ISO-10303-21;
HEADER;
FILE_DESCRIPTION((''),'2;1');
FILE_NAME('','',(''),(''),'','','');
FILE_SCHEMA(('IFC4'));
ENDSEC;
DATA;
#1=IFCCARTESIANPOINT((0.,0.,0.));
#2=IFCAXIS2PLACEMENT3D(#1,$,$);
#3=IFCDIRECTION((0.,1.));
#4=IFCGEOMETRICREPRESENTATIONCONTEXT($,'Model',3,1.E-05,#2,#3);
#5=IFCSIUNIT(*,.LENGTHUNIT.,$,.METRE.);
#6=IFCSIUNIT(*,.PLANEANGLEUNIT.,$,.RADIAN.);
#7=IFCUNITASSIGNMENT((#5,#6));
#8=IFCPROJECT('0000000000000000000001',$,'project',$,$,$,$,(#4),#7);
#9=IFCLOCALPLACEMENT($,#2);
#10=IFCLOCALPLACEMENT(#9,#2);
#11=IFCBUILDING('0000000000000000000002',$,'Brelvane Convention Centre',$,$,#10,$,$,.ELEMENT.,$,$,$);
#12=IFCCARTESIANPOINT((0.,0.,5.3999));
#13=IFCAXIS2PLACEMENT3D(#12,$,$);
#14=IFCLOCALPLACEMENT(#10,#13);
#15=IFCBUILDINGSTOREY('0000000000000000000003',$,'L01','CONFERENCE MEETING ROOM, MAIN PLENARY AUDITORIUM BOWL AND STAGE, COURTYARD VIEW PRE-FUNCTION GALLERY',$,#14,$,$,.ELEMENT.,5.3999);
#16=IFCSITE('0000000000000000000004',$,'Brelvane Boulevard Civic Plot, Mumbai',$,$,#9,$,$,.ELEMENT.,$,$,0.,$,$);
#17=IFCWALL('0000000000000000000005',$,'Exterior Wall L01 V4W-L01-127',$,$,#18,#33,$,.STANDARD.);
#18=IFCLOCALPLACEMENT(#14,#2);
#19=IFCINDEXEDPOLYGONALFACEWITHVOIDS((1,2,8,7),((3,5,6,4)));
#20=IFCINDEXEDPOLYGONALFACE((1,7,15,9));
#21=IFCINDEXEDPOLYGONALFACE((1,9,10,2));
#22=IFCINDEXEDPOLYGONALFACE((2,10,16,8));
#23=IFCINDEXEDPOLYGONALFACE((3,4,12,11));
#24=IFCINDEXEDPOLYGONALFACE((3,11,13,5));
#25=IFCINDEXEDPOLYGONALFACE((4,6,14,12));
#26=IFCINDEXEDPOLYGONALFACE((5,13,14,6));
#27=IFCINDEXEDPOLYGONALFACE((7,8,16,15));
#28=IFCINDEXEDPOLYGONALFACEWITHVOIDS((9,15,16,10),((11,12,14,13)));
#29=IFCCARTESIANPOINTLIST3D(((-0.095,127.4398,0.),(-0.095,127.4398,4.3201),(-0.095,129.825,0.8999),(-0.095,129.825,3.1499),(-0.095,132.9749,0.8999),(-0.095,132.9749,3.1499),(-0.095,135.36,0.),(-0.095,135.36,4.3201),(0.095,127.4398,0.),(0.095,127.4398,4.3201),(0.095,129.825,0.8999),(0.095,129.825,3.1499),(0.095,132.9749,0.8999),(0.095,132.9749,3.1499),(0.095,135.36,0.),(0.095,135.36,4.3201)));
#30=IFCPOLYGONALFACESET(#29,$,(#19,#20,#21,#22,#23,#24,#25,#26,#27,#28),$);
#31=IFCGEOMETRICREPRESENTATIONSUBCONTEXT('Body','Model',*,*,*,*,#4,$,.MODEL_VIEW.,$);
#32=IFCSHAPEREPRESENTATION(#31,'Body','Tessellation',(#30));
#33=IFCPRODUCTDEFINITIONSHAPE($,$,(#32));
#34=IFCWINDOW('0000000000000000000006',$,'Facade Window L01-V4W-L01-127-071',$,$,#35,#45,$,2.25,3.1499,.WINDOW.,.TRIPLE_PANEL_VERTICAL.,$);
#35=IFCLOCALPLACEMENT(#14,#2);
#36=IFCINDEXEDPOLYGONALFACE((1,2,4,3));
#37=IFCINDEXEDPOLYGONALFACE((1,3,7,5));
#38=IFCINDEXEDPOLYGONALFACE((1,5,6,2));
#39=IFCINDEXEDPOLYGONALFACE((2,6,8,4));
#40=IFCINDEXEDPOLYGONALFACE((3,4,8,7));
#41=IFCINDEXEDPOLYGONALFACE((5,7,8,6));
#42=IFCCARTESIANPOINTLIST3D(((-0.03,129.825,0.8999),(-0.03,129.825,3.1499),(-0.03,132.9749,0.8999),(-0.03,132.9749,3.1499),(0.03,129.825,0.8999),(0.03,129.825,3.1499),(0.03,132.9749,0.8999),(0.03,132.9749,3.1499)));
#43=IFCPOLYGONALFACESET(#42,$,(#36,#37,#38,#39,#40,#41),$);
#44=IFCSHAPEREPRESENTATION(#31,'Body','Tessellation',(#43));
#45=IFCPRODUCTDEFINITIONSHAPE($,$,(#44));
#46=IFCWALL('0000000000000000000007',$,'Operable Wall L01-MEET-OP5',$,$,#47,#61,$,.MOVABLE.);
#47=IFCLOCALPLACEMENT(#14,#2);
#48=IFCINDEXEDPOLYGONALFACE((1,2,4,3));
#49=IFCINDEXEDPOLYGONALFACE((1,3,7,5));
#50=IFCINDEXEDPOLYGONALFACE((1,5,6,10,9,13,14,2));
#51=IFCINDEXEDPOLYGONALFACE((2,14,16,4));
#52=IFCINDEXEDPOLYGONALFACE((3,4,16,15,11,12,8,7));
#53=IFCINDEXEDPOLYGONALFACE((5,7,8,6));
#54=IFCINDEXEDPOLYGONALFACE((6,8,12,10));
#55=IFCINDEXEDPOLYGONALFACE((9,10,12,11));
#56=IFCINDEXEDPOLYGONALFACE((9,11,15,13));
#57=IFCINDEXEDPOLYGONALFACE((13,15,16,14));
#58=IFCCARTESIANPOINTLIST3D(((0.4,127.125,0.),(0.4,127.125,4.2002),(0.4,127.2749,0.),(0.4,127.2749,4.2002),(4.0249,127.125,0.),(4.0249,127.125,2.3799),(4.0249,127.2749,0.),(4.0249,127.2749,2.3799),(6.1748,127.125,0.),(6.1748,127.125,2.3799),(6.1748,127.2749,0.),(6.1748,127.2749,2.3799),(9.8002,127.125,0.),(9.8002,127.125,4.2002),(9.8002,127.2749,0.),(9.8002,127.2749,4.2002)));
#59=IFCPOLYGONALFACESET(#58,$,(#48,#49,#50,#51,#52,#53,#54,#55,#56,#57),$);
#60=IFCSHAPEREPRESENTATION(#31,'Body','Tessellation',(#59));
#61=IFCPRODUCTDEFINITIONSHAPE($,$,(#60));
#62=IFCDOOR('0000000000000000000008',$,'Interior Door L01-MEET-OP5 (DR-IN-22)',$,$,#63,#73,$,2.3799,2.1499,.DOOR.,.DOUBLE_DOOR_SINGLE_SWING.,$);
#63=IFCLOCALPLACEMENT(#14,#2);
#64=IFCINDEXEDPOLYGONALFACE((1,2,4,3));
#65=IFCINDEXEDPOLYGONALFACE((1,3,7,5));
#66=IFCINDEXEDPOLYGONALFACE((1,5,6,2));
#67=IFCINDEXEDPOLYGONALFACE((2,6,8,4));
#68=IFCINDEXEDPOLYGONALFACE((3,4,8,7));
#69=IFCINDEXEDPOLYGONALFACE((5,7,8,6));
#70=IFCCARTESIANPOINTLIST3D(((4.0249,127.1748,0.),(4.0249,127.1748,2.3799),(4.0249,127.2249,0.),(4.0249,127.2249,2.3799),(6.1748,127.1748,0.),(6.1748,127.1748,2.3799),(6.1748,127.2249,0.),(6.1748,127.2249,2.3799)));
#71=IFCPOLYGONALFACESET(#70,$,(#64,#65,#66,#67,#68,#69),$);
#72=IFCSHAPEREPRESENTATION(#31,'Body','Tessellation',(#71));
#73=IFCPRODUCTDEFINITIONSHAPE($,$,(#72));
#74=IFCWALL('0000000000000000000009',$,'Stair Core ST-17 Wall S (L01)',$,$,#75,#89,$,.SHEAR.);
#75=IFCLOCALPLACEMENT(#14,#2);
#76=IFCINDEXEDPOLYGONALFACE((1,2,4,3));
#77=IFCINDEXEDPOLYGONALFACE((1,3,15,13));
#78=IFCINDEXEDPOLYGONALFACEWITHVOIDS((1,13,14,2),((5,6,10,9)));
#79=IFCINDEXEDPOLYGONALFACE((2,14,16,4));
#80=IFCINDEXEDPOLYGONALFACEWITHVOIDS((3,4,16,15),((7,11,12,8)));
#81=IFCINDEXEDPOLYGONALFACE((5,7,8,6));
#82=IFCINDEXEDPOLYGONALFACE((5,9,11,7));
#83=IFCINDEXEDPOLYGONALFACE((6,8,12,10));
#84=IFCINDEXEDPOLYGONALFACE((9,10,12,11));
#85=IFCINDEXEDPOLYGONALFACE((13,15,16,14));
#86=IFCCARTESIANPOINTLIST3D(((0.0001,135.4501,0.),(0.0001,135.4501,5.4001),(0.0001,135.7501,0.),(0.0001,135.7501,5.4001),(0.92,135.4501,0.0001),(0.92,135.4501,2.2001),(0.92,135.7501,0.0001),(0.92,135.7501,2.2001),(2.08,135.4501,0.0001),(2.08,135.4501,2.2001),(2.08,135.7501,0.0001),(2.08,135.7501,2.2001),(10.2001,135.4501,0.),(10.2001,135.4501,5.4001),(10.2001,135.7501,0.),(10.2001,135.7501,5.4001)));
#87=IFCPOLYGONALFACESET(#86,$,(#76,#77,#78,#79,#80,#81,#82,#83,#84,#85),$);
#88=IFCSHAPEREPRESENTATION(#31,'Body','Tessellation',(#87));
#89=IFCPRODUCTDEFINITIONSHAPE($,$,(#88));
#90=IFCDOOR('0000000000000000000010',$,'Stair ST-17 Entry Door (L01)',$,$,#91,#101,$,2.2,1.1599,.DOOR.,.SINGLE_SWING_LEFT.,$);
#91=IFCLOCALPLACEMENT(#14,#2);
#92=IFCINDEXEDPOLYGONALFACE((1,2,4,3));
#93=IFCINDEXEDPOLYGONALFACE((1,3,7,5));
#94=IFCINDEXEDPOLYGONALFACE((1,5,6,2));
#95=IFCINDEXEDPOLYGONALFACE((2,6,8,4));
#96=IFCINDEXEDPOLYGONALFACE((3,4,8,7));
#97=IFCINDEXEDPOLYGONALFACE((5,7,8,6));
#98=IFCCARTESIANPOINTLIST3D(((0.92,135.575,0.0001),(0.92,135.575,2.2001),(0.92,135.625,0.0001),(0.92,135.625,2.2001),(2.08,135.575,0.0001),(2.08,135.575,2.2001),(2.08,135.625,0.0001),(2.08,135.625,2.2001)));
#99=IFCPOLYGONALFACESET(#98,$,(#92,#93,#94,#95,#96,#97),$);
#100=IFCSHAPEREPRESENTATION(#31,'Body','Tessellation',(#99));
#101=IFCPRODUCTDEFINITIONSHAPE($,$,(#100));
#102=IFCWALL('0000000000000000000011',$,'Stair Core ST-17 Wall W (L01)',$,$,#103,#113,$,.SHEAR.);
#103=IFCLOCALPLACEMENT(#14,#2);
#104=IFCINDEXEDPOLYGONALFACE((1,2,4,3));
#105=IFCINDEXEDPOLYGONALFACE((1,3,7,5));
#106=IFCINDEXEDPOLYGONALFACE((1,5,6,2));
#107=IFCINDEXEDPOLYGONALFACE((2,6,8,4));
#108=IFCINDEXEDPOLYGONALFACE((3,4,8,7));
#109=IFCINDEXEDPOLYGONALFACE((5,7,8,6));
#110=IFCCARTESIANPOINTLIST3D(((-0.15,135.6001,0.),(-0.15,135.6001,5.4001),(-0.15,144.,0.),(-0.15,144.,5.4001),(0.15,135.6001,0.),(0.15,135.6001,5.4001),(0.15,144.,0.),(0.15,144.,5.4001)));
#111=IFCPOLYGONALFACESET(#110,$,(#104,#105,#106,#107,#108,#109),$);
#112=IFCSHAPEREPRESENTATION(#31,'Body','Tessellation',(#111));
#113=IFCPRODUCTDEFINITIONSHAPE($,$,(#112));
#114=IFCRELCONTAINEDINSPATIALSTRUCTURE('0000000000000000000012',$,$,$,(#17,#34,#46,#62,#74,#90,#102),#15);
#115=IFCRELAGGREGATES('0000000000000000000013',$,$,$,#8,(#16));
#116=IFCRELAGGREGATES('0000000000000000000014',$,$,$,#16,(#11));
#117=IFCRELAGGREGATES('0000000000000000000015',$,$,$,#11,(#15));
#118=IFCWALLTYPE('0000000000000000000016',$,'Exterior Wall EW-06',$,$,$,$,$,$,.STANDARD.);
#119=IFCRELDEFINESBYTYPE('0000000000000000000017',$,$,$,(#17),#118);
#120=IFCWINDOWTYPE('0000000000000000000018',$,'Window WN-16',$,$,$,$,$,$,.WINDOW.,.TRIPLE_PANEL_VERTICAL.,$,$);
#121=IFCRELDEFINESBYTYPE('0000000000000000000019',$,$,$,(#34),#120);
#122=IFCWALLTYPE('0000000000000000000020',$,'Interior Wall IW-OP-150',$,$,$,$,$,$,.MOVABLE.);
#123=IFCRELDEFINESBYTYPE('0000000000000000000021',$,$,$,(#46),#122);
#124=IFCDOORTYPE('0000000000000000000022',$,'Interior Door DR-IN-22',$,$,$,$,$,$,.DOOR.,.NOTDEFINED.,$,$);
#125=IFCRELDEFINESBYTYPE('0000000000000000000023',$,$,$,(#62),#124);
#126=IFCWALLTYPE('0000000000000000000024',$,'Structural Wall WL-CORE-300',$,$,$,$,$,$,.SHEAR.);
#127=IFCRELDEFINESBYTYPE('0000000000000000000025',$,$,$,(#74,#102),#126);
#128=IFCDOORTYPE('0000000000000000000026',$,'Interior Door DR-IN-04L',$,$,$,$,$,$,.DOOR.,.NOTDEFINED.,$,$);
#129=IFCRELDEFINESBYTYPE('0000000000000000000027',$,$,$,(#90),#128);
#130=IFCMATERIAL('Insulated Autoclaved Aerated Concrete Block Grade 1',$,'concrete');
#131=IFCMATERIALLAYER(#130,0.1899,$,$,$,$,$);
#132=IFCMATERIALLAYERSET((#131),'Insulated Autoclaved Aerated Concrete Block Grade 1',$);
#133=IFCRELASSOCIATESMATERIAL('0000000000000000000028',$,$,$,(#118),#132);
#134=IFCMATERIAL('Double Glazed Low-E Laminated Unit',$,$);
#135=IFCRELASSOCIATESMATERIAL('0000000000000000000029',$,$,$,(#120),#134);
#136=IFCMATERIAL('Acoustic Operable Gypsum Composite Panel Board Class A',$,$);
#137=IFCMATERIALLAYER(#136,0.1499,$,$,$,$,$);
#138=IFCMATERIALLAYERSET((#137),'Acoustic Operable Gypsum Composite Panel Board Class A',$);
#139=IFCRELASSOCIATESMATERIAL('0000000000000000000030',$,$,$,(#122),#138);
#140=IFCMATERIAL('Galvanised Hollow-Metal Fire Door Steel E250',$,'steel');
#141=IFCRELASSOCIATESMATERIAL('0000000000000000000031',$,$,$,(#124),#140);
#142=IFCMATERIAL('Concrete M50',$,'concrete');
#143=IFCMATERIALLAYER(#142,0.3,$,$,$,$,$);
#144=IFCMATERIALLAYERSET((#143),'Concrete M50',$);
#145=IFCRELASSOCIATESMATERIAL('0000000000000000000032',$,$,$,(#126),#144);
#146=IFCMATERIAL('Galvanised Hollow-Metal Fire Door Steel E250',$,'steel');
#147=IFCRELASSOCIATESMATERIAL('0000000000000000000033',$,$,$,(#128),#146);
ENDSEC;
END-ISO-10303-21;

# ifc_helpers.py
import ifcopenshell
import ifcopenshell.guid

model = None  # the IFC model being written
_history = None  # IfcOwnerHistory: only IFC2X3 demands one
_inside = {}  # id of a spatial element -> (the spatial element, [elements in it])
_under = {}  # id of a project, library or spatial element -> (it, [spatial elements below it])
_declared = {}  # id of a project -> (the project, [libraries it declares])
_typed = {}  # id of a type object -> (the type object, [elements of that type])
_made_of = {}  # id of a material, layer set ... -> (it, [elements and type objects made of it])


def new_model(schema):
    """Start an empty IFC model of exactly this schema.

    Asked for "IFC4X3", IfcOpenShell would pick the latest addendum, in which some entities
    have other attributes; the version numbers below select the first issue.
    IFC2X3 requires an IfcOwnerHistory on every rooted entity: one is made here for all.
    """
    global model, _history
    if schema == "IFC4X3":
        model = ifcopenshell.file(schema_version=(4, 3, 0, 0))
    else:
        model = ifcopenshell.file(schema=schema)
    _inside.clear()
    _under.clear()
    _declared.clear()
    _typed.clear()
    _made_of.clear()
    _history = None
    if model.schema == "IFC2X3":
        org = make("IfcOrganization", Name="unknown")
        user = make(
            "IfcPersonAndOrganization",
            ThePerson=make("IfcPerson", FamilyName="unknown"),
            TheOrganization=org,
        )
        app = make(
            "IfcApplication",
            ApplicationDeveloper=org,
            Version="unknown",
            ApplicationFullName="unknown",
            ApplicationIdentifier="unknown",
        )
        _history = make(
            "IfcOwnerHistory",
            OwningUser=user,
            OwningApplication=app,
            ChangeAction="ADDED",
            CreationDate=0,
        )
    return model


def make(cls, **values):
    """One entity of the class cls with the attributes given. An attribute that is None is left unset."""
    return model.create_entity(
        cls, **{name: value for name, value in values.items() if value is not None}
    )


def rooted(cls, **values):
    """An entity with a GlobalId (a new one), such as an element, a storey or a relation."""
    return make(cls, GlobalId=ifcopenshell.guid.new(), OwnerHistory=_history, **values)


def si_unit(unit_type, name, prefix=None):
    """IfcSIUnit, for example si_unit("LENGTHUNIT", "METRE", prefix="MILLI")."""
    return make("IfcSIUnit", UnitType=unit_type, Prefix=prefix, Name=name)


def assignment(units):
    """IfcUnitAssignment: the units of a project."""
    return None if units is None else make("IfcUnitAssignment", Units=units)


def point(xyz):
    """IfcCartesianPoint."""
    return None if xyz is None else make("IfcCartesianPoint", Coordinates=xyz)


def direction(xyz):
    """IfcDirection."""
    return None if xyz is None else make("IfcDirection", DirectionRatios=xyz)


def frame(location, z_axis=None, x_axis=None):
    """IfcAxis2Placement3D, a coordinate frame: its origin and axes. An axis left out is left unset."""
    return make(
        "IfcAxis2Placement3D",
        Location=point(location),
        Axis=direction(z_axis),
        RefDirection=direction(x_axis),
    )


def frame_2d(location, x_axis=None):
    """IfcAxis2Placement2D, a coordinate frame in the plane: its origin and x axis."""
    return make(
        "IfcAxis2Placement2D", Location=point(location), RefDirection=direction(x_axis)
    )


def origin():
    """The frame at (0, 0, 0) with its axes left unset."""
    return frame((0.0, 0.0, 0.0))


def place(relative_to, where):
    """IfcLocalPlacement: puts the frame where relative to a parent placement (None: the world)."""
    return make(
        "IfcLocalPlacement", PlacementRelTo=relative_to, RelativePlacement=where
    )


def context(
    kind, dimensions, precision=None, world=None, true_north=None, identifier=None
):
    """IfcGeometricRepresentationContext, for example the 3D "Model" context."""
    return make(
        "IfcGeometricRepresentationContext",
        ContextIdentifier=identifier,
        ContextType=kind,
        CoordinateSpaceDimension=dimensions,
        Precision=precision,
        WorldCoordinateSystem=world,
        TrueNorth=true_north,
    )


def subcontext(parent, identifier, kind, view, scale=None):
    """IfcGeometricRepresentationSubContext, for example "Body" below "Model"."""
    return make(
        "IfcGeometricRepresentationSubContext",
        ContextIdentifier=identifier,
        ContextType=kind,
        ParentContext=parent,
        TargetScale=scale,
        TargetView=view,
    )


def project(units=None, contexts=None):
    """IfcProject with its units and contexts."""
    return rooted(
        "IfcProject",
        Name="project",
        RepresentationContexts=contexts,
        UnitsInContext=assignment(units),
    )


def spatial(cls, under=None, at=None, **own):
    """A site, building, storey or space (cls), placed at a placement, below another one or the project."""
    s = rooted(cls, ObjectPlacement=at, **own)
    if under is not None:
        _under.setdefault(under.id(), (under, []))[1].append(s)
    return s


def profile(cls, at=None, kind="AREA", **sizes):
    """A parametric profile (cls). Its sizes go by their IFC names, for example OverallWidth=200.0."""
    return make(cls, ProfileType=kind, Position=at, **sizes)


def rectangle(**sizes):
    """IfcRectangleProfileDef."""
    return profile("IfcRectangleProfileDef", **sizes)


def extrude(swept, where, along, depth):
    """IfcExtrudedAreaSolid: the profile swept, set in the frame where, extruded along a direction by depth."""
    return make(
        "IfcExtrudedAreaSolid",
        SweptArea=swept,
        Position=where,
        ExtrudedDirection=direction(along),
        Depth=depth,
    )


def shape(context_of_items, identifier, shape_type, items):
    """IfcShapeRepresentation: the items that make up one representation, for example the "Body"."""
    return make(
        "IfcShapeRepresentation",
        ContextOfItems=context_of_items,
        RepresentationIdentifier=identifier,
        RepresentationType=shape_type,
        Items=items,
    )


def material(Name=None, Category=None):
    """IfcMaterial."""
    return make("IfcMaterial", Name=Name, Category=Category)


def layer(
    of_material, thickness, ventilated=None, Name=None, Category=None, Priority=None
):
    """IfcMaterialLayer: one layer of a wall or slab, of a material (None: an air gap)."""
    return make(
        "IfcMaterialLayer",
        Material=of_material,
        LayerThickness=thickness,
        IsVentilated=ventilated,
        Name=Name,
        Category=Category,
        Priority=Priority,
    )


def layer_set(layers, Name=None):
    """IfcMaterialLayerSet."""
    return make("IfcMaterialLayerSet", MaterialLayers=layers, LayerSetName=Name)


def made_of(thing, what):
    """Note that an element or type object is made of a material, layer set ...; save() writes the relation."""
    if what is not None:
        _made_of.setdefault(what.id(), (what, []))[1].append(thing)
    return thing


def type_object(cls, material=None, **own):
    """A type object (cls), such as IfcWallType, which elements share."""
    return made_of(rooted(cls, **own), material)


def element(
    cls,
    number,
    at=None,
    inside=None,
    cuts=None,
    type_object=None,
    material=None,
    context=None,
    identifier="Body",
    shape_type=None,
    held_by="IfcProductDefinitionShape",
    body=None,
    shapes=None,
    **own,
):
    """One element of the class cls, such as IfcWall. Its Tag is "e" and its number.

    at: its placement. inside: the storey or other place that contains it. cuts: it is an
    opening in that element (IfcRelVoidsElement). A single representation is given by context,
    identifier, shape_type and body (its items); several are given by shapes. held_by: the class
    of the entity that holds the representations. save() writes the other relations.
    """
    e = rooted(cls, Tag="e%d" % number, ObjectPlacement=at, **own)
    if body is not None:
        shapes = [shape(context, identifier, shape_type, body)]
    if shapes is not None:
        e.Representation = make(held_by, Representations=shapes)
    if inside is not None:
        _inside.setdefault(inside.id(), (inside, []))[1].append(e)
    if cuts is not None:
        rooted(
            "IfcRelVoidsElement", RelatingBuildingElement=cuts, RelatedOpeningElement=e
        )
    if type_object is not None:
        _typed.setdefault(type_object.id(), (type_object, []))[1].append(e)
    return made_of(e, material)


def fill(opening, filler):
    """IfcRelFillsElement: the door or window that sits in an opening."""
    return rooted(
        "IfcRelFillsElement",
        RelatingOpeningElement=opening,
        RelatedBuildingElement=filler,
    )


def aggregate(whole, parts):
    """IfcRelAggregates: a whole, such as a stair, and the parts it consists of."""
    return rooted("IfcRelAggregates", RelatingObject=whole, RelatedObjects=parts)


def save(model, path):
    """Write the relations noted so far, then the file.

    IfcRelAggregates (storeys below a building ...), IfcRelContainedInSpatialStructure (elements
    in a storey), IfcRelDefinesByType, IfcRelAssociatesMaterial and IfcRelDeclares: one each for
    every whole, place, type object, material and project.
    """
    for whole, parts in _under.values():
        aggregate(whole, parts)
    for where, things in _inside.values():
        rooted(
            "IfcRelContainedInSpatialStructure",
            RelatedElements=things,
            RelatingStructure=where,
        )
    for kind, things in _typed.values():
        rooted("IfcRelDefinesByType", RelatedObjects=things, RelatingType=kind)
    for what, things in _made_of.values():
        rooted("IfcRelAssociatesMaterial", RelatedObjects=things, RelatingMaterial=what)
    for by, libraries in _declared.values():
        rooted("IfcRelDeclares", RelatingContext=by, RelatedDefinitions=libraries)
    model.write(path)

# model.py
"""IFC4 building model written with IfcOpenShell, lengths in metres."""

from ifc_helpers import new_model, si_unit, direction, frame, frame_2d, origin, place, context, subcontext, project, spatial, rectangle, extrude, material, layer, layer_set, type_object, element, fill, save


model = new_model("IFC4")

# Units and contexts
model_context = context("Model", 3, precision=1e-05, world=origin(), true_north=direction((0.0, 1.0)))
body_context = subcontext(model_context, "Body", "Model", "MODEL_VIEW")
ifc_project = project(units=[si_unit("LENGTHUNIT", "METRE"), si_unit("PLANEANGLEUNIT", "RADIAN")], contexts=[model_context])

# Site, building, storey
site_placement = place(None, origin())
site = spatial("IfcSite", under=ifc_project, at=site_placement, Name="Brelvane Boulevard Civic Plot, Mumbai", CompositionType="ELEMENT", RefElevation=0.0)
building_placement = place(site_placement, origin())
building = spatial("IfcBuilding", under=site, at=building_placement, Name="Brelvane Convention Centre", CompositionType="ELEMENT")
storey_placement = place(building_placement, frame((0.0, 0.0, 5.3999)))
storey = spatial("IfcBuildingStorey", under=building, at=storey_placement, Name="L01", Description="CONFERENCE MEETING ROOM, MAIN PLENARY AUDITORIUM BOWL AND STAGE, COURTYARD VIEW PRE-FUNCTION GALLERY", CompositionType="ELEMENT", Elevation=5.3999)

# Wall, opening, window
ifc_material_1 = material(Name="Insulated Autoclaved Aerated Concrete Block Grade 1", Category="concrete")
ifc_layer_1 = layer(ifc_material_1, 0.1899)
ifc_layer_set_1 = layer_set([ifc_layer_1], Name="Insulated Autoclaved Aerated Concrete Block Grade 1")
wall_type_1 = type_object("IfcWallType", Name="Exterior Wall EW-06", PredefinedType="STANDARD", material=ifc_layer_set_1)
wall_1_placement = place(storey_placement, frame((0.0, 127.4399, 0.0), z_axis=(0.0, 0.0, 1.0), x_axis=(0.0, 1.0, 0.0)))
wall_1 = element("IfcWall", 1, at=wall_1_placement, inside=storey, type_object=wall_type_1, Name="Exterior Wall L01 V4W-L01-127", PredefinedType="STANDARD", context=body_context, shape_type="SweptSolid", body=[
    extrude(rectangle(XDim=7.9202, YDim=0.1899, at=frame_2d((3.96, 0.0))), origin(), (0.0, 0.0, 1.0), 4.3201),
])
opening_1_placement = place(wall_1_placement, frame((2.385, 0.0, 0.8999)))
opening_1 = element("IfcOpeningElement", 2, at=opening_1_placement, cuts=wall_1, PredefinedType="OPENING", context=body_context, shape_type="SweptSolid", body=[
    extrude(rectangle(XDim=3.1499, YDim=2.25, at=frame_2d((1.575, 1.125))), frame((0.0, 0.105, 0.0), z_axis=(0.0, -1.0, 0.0), x_axis=(1.0, 0.0, 0.0)), (0.0, 0.0, 1.0), 0.21),
])
ifc_material_2 = material(Name="Double Glazed Low-E Laminated Unit")
window_type = type_object("IfcWindowType", Name="Window WN-16", PartitioningType="TRIPLE_PANEL_VERTICAL", PredefinedType="WINDOW", material=ifc_material_2)
window_placement = place(opening_1_placement, origin())
window = element("IfcWindow", 3, at=window_placement, inside=storey, type_object=window_type, Name="Facade Window L01-V4W-L01-127-071", OverallHeight=2.25, OverallWidth=3.1499, PartitioningType="TRIPLE_PANEL_VERTICAL", PredefinedType="WINDOW", context=body_context, shape_type="SweptSolid", body=[
    extrude(rectangle(XDim=3.1499, YDim=2.25, at=frame_2d((1.575, 1.125))), frame((0.0, 0.03, 0.0), z_axis=(0.0, -1.0, 0.0), x_axis=(1.0, 0.0, 0.0)), (0.0, 0.0, 1.0), 0.0601),
])
fill(opening_1, window)

# Walls, openings, doors
ifc_material_3 = material(Name="Acoustic Operable Gypsum Composite Panel Board Class A")
ifc_layer_2 = layer(ifc_material_3, 0.1499)
ifc_layer_set_2 = layer_set([ifc_layer_2], Name="Acoustic Operable Gypsum Composite Panel Board Class A")
wall_type_2 = type_object("IfcWallType", Name="Interior Wall IW-OP-150", PredefinedType="MOVABLE", material=ifc_layer_set_2)
wall_2_placement = place(storey_placement, frame((0.3999, 127.2, 0.0), z_axis=(0.0, 0.0, 1.0), x_axis=(1.0, 0.0, 0.0)))
wall_2 = element("IfcWall", 4, at=wall_2_placement, inside=storey, type_object=wall_type_2, Name="Operable Wall L01-MEET-OP5", PredefinedType="MOVABLE", context=body_context, shape_type="SweptSolid", body=[
    extrude(rectangle(XDim=9.4001, YDim=0.1499, at=frame_2d((4.7002, 0.0))), origin(), (0.0, 0.0, 1.0), 4.2002),
])
opening_2_placement = place(wall_2_placement, frame((3.625, 0.0, 0.0)))
opening_2 = element("IfcOpeningElement", 5, at=opening_2_placement, cuts=wall_2, PredefinedType="OPENING", context=body_context, shape_type="SweptSolid", body=[
    extrude(rectangle(XDim=2.1499, YDim=2.3799, at=frame_2d((1.075, 1.1899))), frame((0.0, 0.085, 0.0), z_axis=(0.0, -1.0, 0.0), x_axis=(1.0, 0.0, 0.0)), (0.0, 0.0, 1.0), 0.1699),
])
ifc_material_4 = material(Name="Galvanised Hollow-Metal Fire Door Steel E250", Category="steel")
door_type_1 = type_object("IfcDoorType", Name="Interior Door DR-IN-22", OperationType="NOTDEFINED", PredefinedType="DOOR", material=ifc_material_4)
door_1_placement = place(opening_2_placement, origin())
door_1 = element("IfcDoor", 6, at=door_1_placement, inside=storey, type_object=door_type_1, Name="Interior Door L01-MEET-OP5 (DR-IN-22)", OperationType="DOUBLE_DOOR_SINGLE_SWING", OverallHeight=2.3799, OverallWidth=2.1499, PredefinedType="DOOR", context=body_context, shape_type="SweptSolid", body=[
    extrude(rectangle(XDim=2.1499, YDim=2.3799, at=frame_2d((1.075, 1.1899))), frame((0.0, 0.0249, 0.0), z_axis=(0.0, -1.0, 0.0), x_axis=(1.0, 0.0, 0.0)), (0.0, 0.0, 1.0), 0.05),
])
fill(opening_2, door_1)
ifc_material_5 = material(Name="Concrete M50", Category="concrete")
ifc_layer_3 = layer(ifc_material_5, 0.3)
ifc_layer_set_3 = layer_set([ifc_layer_3], Name="Concrete M50")
wall_type_3 = type_object("IfcWallType", Name="Structural Wall WL-CORE-300", PredefinedType="SHEAR", material=ifc_layer_set_3)
wall_3_placement = place(storey_placement, frame((0.0, 135.6001, 0.0), z_axis=(0.0, 0.0, 1.0), x_axis=(1.0, 0.0, 0.0)))
wall_3 = element("IfcWall", 7, at=wall_3_placement, inside=storey, type_object=wall_type_3, Name="Stair Core ST-17 Wall S (L01)", PredefinedType="SHEAR", context=body_context, shape_type="SweptSolid", body=[
    extrude(rectangle(XDim=10.2, YDim=0.3, at=frame_2d((5.1001, 0.0))), origin(), (0.0, 0.0, 1.0), 5.4001),
])
opening_3_placement = place(wall_3_placement, frame((0.9199, 0.0, 0.0)))
opening_3 = element("IfcOpeningElement", 8, at=opening_3_placement, cuts=wall_3, PredefinedType="OPENING", context=body_context, shape_type="SweptSolid", body=[
    extrude(rectangle(XDim=1.1599, YDim=2.2, at=frame_2d((0.5801, 1.1001))), frame((0.0, 0.1599, 0.0), z_axis=(0.0, -1.0, 0.0), x_axis=(1.0, 0.0, 0.0)), (0.0, 0.0, 1.0), 0.3201),
])
ifc_material_6 = material(Name="Galvanised Hollow-Metal Fire Door Steel E250", Category="steel")
door_type_2 = type_object("IfcDoorType", Name="Interior Door DR-IN-04L", OperationType="NOTDEFINED", PredefinedType="DOOR", material=ifc_material_6)
door_2_placement = place(opening_3_placement, origin())
door_2 = element("IfcDoor", 9, at=door_2_placement, inside=storey, type_object=door_type_2, Name="Stair ST-17 Entry Door (L01)", OperationType="SINGLE_SWING_LEFT", OverallHeight=2.2, OverallWidth=1.1599, PredefinedType="DOOR", context=body_context, shape_type="SweptSolid", body=[
    extrude(rectangle(XDim=1.1599, YDim=2.2, at=frame_2d((0.5801, 1.1001))), frame((0.0, 0.0249, 0.0), z_axis=(0.0, -1.0, 0.0), x_axis=(1.0, 0.0, 0.0)), (0.0, 0.0, 1.0), 0.05),
])
fill(opening_3, door_2)

# Wall
wall_4_placement = place(storey_placement, frame((0.0, 135.6001, 0.0), z_axis=(0.0, 0.0, 1.0), x_axis=(0.0, 1.0, 0.0)))
element("IfcWall", 10, at=wall_4_placement, inside=storey, type_object=wall_type_3, Name="Stair Core ST-17 Wall W (L01)", PredefinedType="SHEAR", context=body_context, shape_type="SweptSolid", body=[
    extrude(rectangle(XDim=8.3999, YDim=0.3, at=frame_2d((4.2, 0.0))), origin(), (0.0, 0.0, 1.0), 5.4001),
])

save(model, "model.ifc")
